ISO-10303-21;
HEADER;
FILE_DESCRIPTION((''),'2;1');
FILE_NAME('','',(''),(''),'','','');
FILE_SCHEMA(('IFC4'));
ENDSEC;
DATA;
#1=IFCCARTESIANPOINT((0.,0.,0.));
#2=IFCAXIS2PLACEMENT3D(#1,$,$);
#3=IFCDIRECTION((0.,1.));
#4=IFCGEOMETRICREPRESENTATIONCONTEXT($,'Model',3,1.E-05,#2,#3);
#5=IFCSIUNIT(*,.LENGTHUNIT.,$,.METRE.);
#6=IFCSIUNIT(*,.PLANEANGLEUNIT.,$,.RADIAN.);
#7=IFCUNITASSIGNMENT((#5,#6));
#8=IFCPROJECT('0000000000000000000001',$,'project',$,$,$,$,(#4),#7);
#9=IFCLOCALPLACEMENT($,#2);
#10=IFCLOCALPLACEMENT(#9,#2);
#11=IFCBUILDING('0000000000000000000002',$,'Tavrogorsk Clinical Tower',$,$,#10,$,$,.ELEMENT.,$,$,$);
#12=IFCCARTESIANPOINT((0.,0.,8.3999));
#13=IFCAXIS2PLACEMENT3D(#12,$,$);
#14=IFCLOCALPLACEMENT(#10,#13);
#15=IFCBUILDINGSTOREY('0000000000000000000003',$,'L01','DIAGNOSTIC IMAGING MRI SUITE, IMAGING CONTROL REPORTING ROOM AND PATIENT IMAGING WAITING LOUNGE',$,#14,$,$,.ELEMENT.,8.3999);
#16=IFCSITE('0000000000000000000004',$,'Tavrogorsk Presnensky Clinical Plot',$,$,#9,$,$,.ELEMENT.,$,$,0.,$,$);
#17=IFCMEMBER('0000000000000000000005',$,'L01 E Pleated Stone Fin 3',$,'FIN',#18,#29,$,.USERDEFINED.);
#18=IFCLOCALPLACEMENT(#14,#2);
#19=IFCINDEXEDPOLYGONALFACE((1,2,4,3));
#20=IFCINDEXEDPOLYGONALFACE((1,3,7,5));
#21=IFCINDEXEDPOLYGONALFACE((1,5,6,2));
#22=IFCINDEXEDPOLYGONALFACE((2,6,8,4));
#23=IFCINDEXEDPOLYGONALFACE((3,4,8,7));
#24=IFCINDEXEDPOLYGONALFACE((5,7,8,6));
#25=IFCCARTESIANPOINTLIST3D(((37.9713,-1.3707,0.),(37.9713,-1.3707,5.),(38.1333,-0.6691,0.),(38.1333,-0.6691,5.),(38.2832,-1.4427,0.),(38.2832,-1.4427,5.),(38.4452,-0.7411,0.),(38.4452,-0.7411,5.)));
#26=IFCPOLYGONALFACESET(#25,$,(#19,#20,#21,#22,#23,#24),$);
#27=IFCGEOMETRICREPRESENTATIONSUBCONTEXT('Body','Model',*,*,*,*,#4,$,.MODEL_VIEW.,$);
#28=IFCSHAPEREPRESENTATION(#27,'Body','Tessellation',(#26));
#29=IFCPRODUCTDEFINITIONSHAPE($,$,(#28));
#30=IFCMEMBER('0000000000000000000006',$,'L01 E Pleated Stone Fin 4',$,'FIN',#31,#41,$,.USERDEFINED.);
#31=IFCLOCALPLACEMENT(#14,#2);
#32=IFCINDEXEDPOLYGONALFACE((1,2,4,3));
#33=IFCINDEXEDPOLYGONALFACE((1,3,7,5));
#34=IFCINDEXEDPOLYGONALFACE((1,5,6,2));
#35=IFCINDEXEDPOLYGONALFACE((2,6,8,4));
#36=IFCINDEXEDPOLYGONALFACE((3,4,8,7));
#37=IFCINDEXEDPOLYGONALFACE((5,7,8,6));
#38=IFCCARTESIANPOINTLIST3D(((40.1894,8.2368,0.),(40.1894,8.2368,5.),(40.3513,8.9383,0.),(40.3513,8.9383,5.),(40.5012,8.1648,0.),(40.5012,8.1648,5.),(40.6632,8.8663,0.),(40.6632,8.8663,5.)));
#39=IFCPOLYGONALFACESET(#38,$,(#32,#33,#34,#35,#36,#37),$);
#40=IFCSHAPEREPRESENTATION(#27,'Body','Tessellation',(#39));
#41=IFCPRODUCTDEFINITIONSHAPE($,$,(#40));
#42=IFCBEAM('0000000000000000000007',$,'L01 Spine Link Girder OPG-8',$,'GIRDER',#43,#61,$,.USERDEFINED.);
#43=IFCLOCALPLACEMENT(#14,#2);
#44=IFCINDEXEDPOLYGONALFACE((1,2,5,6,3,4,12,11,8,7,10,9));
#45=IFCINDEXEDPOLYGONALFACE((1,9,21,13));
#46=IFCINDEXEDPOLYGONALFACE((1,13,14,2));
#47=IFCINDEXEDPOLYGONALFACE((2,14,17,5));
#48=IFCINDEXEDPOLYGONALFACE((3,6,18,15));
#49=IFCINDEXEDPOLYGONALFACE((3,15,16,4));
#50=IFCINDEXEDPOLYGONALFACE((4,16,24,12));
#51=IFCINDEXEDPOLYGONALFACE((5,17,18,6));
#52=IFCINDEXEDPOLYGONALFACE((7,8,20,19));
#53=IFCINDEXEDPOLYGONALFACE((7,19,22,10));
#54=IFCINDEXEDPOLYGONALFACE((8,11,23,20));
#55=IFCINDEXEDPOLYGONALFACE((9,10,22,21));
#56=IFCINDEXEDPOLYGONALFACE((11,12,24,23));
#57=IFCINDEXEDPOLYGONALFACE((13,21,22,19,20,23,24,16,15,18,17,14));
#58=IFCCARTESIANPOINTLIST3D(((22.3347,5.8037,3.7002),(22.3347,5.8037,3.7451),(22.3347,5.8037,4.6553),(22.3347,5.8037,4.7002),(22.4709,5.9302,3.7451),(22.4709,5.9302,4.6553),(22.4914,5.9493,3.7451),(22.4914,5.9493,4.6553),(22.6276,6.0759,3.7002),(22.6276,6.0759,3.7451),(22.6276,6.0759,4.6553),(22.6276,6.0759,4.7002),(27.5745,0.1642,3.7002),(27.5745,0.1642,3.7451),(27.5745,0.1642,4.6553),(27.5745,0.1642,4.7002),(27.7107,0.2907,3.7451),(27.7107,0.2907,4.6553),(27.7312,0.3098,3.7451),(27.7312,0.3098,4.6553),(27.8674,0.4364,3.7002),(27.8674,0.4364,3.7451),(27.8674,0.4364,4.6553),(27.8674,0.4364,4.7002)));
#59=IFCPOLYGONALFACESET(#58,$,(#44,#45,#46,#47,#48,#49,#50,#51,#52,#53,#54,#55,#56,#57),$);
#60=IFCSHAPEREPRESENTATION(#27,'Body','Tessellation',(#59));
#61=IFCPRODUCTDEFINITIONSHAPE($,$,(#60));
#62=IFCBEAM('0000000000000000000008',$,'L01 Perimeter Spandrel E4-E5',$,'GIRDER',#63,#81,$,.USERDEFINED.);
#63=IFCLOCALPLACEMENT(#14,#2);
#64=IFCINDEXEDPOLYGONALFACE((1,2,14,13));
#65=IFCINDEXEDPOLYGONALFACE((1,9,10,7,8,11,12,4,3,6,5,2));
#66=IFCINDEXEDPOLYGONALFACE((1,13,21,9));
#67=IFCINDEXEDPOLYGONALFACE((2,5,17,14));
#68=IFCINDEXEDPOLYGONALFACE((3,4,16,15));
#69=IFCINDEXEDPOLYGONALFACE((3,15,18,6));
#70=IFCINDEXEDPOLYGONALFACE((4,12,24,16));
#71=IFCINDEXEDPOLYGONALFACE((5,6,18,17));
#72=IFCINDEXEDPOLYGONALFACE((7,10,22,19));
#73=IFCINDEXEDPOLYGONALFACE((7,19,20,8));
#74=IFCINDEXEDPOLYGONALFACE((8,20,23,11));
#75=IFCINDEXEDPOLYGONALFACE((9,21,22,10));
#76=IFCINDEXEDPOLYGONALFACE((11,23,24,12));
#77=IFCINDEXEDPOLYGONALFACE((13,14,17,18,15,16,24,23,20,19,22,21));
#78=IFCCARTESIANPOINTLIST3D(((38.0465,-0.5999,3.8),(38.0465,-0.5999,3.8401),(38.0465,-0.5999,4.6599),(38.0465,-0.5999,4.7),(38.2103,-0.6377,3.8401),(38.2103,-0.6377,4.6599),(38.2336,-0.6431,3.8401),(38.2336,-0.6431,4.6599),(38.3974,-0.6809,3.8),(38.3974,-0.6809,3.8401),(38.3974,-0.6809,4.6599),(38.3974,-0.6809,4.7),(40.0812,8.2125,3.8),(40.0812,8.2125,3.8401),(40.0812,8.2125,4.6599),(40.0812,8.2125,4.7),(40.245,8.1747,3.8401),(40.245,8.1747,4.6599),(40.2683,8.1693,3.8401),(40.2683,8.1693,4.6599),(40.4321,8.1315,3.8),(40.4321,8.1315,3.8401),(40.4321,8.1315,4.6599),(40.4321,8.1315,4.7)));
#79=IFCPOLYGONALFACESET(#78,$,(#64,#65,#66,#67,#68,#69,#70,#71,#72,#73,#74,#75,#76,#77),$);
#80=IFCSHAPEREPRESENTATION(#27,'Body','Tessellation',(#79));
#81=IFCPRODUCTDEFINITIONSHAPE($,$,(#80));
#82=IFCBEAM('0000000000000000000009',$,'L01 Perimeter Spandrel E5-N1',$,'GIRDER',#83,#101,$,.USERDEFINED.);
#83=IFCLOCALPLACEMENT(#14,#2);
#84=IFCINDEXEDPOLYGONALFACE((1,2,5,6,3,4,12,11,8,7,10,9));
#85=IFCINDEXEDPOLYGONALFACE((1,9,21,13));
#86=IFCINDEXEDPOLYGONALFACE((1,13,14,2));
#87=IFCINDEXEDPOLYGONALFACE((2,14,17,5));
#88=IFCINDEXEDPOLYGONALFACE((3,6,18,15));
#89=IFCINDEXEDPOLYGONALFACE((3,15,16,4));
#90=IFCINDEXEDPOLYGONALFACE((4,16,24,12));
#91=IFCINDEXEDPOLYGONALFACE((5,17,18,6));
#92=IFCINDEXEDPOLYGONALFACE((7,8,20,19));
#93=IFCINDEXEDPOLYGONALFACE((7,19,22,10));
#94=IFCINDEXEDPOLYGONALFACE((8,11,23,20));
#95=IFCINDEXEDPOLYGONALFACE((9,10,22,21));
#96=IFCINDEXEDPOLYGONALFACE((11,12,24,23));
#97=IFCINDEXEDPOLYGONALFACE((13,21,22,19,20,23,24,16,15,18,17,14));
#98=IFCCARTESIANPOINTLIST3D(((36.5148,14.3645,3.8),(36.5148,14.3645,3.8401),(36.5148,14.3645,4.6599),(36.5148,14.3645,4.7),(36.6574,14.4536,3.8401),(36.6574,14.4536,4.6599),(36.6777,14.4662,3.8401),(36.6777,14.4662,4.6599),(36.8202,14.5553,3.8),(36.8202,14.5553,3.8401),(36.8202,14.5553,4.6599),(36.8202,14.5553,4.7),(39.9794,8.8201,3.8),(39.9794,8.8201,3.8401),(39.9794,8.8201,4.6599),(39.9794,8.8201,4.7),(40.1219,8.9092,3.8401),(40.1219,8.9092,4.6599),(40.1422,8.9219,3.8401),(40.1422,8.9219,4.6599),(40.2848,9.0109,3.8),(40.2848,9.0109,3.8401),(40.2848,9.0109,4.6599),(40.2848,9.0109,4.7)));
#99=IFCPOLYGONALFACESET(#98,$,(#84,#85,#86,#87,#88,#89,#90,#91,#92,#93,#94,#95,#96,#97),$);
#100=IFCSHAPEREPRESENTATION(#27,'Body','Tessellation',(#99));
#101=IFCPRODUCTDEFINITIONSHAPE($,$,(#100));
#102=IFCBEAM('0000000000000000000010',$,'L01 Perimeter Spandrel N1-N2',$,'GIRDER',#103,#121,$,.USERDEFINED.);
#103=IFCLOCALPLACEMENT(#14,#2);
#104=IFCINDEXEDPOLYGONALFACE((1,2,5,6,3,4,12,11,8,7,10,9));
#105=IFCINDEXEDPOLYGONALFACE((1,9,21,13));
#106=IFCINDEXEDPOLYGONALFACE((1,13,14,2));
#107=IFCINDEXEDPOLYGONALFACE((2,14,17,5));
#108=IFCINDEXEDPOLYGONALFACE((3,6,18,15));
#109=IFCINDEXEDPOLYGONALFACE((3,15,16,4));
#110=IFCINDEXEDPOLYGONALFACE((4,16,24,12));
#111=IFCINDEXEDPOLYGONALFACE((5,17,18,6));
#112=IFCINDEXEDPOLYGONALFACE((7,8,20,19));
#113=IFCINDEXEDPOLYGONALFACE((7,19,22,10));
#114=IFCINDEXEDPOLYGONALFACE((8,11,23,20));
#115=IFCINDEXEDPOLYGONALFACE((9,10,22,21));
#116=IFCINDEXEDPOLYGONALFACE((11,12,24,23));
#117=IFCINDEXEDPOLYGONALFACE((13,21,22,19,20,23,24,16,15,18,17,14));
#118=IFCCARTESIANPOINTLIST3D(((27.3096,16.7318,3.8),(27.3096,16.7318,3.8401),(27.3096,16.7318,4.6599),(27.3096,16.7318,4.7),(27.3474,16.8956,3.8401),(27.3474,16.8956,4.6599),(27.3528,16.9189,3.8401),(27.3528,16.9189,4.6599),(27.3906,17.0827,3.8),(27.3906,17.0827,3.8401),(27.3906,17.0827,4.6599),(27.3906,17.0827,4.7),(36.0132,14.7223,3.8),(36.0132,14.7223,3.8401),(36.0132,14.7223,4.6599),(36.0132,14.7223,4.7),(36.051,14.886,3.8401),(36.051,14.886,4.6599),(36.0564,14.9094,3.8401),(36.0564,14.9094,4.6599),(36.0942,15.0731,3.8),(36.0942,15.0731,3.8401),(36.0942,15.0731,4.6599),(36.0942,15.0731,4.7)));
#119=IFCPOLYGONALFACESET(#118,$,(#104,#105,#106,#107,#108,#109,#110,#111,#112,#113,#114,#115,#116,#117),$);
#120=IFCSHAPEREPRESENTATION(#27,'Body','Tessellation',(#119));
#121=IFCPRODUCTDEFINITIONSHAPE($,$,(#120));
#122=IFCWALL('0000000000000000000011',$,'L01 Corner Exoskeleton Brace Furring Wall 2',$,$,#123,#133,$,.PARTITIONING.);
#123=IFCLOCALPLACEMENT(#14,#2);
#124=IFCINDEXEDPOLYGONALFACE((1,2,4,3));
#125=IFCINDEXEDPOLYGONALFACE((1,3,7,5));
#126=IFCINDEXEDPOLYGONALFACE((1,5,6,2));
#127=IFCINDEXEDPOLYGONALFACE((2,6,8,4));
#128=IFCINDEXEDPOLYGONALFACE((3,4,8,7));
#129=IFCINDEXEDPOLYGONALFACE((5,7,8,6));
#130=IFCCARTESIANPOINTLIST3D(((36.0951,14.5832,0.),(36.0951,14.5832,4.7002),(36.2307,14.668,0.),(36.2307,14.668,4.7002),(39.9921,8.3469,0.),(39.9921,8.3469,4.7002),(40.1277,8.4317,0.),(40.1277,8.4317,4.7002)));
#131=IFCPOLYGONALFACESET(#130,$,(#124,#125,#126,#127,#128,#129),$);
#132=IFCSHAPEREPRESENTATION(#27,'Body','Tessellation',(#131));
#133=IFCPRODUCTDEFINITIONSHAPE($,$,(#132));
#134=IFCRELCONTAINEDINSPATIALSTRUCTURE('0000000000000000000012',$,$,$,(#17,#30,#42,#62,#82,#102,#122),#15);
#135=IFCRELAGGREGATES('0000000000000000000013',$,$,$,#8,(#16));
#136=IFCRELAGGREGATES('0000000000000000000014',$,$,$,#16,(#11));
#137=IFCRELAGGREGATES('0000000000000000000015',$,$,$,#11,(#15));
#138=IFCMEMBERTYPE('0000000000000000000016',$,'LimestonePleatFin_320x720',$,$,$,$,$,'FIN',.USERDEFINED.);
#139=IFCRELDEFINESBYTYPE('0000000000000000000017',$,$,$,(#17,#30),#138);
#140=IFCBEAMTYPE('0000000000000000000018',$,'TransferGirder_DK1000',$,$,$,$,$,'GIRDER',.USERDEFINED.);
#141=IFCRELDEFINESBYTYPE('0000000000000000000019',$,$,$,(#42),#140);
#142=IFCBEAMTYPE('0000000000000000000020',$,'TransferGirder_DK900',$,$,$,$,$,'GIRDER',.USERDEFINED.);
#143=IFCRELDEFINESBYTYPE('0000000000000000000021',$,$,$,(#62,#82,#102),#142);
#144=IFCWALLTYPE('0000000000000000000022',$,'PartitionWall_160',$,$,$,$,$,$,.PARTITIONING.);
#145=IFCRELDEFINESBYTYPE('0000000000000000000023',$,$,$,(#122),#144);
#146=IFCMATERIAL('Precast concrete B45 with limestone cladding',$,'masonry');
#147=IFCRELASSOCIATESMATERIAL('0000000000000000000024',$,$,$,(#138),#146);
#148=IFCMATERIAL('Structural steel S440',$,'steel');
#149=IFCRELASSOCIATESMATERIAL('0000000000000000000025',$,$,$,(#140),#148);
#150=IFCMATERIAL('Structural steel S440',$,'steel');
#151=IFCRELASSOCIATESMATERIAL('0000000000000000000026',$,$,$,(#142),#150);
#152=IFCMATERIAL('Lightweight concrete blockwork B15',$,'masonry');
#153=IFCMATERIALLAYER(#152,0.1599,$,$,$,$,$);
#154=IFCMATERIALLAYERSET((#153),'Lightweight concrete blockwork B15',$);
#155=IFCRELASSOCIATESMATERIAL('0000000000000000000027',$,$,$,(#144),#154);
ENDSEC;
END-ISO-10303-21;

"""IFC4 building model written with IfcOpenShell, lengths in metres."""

from ifc_helpers import new_model, si_unit, direction, frame, frame_2d, origin, origin_2d, place, context, subcontext, project, spatial, rectangle, i_section, extrude, material, layer, layer_set, material_profile, profile_set, type_object, element, save


model = new_model("IFC4")

# Units and contexts
model_context = context("Model", 3, precision=1e-05, world=origin(), true_north=direction((0.0, 1.0)))
body_context = subcontext(model_context, "Body", "Model", "MODEL_VIEW")
ifc_project = project(units=[si_unit("LENGTHUNIT", "METRE"), si_unit("PLANEANGLEUNIT", "RADIAN")], contexts=[model_context])

# Site, building, storey
site_placement = place(None, origin())
site = spatial("IfcSite", under=ifc_project, at=site_placement, Name="Tavrogorsk Presnensky Clinical Plot", CompositionType="ELEMENT", RefElevation=0.0)
building_placement = place(site_placement, origin())
building = spatial("IfcBuilding", under=site, at=building_placement, Name="Tavrogorsk Clinical Tower", CompositionType="ELEMENT")
storey_placement = place(building_placement, frame((0.0, 0.0, 8.3999)))
storey = spatial("IfcBuildingStorey", under=building, at=storey_placement, Name="L01", Description="DIAGNOSTIC IMAGING MRI SUITE, IMAGING CONTROL REPORTING ROOM AND PATIENT IMAGING WAITING LOUNGE", CompositionType="ELEMENT", Elevation=8.3999)

# Members
ifc_material_1 = material(Name="Precast concrete B45 with limestone cladding", Category="masonry")
ifc_material_profile_1 = material_profile(ifc_material_1, rectangle(XDim=0.3201, YDim=0.72, at=origin_2d()), Name="LIMESTONE-FIN-320x720")
ifc_profile_set_1 = profile_set([ifc_material_profile_1], Name="Precast concrete B45 with limestone cladding")
member_type_1 = type_object("IfcMemberType", Name="LimestonePleatFin_320x720", ElementType="FIN", PredefinedType="USERDEFINED", material=ifc_profile_set_1)
for number, where, z_axis, x_axis, name in (
    (1, (38.2083, -1.0559, 0.0), (0.0, 0.0, 1.0), (0.97437, -0.224951, 0.0), "L01 E Pleated Stone Fin 3"),
    (2, (40.4263, 8.5515, 0.0), (0.0, 0.0, 1.0), (0.97437, -0.224951, 0.0), "L01 E Pleated Stone Fin 4"),
):
    element("IfcMember", number, at=place(storey_placement, frame(where, z_axis=z_axis, x_axis=x_axis)), inside=storey, type_object=member_type_1, Name=name, ObjectType="FIN", PredefinedType="USERDEFINED", context=body_context, shape_type="SweptSolid", body=[
        extrude(rectangle(XDim=0.3201, YDim=0.72, at=origin_2d()), origin(), (0.0, 0.0, 1.0), 5.0),
    ])

# Beams
ifc_material_2 = material(Name="Structural steel S440", Category="steel")
ifc_material_profile_2 = material_profile(ifc_material_2, i_section(OverallWidth=0.3999, OverallDepth=1.0, WebThickness=0.0281, FlangeThickness=0.0449, at=origin_2d()), Name="DK-1000x400x28x45")
ifc_profile_set_2 = profile_set([ifc_material_profile_2], Name="Structural steel S440")
beam_type_1 = type_object("IfcBeamType", Name="TransferGirder_DK1000", ElementType="GIRDER", PredefinedType="USERDEFINED", material=ifc_profile_set_2)
beam_1_placement = place(storey_placement, frame((27.7209, 0.3003, 4.2002), z_axis=(-0.680671, 0.732589, 0.0), x_axis=(-0.732589, -0.680671, 0.0)))
element("IfcBeam", 3, at=beam_1_placement, inside=storey, type_object=beam_type_1, Name="L01 Spine Link Girder OPG-8", ObjectType="GIRDER", PredefinedType="USERDEFINED", context=body_context, shape_type="SweptSolid", body=[
    extrude(i_section(OverallWidth=0.3999, OverallDepth=1.0, WebThickness=0.0281, FlangeThickness=0.0449, at=origin_2d()), origin(), (0.0, 0.0, 1.0), 7.698),
])
ifc_material_3 = material(Name="Structural steel S440", Category="steel")
ifc_material_profile_3 = material_profile(ifc_material_3, i_section(OverallWidth=0.3601, OverallDepth=0.8999, WebThickness=0.0239, FlangeThickness=0.04, at=origin_2d()), Name="DK-900x360x24x40")
ifc_profile_set_3 = profile_set([ifc_material_profile_3], Name="Structural steel S440")
beam_type_2 = type_object("IfcBeamType", Name="TransferGirder_DK900", ElementType="GIRDER", PredefinedType="USERDEFINED", material=ifc_profile_set_3)
beam_2_placement = place(storey_placement, frame((38.2219, -0.6404, 4.25), z_axis=(0.224972, 0.974365, 0.0), x_axis=(-0.974365, 0.224972, 0.0)))
element("IfcBeam", 4, at=beam_2_placement, inside=storey, type_object=beam_type_2, Name="L01 Perimeter Spandrel E4-E5", ObjectType="GIRDER", PredefinedType="USERDEFINED", context=body_context, shape_type="SweptSolid", body=[
    extrude(i_section(OverallWidth=0.3601, OverallDepth=0.8999, WebThickness=0.0239, FlangeThickness=0.04, at=origin_2d()), origin(), (0.0, 0.0, 1.0), 9.0442),
])
beam_3_placement = place(storey_placement, frame((40.1321, 8.9155, 4.25), z_axis=(-0.529925, 0.848044, 0.0), x_axis=(-0.848044, -0.529925, 0.0)))
element("IfcBeam", 5, at=beam_3_placement, inside=storey, type_object=beam_type_2, Name="L01 Perimeter Spandrel E5-N1", ObjectType="GIRDER", PredefinedType="USERDEFINED", context=body_context, shape_type="SweptSolid", body=[
    extrude(i_section(OverallWidth=0.3601, OverallDepth=0.8999, WebThickness=0.0239, FlangeThickness=0.04, at=origin_2d()), origin(), (0.0, 0.0, 1.0), 6.5378),
])
beam_4_placement = place(storey_placement, frame((36.0537, 14.8977, 4.25), z_axis=(-0.974367, 0.224965, 0.0), x_axis=(-0.224965, -0.974367, 0.0)))
element("IfcBeam", 6, at=beam_4_placement, inside=storey, type_object=beam_type_2, Name="L01 Perimeter Spandrel N1-N2", ObjectType="GIRDER", PredefinedType="USERDEFINED", context=body_context, shape_type="SweptSolid", body=[
    extrude(i_section(OverallWidth=0.3601, OverallDepth=0.8999, WebThickness=0.0239, FlangeThickness=0.04, at=origin_2d()), origin(), (0.0, 0.0, 1.0), 8.9326),
])

# Wall
ifc_material_4 = material(Name="Lightweight concrete blockwork B15", Category="masonry")
ifc_layer_1 = layer(ifc_material_4, 0.1599)
ifc_layer_set_1 = layer_set([ifc_layer_1], Name="Lightweight concrete blockwork B15")
wall_type_1 = type_object("IfcWallType", Name="PartitionWall_160", PredefinedType="PARTITIONING", material=ifc_layer_set_1)
wall_1_placement = place(storey_placement, frame((40.0598, 8.3894, 0.0), z_axis=(0.0, 0.0, 1.0), x_axis=(-0.529927, 0.848043, 0.0)))
element("IfcWall", 7, at=wall_1_placement, inside=storey, type_object=wall_type_1, Name="L01 Corner Exoskeleton Brace Furring Wall 2", PredefinedType="PARTITIONING", context=body_context, shape_type="SweptSolid", body=[
    extrude(rectangle(XDim=7.3538, YDim=0.1599, at=frame_2d((3.6768, 0.0))), origin(), (0.0, 0.0, 1.0), 4.7002),
])

save(model, "model.ifc")
